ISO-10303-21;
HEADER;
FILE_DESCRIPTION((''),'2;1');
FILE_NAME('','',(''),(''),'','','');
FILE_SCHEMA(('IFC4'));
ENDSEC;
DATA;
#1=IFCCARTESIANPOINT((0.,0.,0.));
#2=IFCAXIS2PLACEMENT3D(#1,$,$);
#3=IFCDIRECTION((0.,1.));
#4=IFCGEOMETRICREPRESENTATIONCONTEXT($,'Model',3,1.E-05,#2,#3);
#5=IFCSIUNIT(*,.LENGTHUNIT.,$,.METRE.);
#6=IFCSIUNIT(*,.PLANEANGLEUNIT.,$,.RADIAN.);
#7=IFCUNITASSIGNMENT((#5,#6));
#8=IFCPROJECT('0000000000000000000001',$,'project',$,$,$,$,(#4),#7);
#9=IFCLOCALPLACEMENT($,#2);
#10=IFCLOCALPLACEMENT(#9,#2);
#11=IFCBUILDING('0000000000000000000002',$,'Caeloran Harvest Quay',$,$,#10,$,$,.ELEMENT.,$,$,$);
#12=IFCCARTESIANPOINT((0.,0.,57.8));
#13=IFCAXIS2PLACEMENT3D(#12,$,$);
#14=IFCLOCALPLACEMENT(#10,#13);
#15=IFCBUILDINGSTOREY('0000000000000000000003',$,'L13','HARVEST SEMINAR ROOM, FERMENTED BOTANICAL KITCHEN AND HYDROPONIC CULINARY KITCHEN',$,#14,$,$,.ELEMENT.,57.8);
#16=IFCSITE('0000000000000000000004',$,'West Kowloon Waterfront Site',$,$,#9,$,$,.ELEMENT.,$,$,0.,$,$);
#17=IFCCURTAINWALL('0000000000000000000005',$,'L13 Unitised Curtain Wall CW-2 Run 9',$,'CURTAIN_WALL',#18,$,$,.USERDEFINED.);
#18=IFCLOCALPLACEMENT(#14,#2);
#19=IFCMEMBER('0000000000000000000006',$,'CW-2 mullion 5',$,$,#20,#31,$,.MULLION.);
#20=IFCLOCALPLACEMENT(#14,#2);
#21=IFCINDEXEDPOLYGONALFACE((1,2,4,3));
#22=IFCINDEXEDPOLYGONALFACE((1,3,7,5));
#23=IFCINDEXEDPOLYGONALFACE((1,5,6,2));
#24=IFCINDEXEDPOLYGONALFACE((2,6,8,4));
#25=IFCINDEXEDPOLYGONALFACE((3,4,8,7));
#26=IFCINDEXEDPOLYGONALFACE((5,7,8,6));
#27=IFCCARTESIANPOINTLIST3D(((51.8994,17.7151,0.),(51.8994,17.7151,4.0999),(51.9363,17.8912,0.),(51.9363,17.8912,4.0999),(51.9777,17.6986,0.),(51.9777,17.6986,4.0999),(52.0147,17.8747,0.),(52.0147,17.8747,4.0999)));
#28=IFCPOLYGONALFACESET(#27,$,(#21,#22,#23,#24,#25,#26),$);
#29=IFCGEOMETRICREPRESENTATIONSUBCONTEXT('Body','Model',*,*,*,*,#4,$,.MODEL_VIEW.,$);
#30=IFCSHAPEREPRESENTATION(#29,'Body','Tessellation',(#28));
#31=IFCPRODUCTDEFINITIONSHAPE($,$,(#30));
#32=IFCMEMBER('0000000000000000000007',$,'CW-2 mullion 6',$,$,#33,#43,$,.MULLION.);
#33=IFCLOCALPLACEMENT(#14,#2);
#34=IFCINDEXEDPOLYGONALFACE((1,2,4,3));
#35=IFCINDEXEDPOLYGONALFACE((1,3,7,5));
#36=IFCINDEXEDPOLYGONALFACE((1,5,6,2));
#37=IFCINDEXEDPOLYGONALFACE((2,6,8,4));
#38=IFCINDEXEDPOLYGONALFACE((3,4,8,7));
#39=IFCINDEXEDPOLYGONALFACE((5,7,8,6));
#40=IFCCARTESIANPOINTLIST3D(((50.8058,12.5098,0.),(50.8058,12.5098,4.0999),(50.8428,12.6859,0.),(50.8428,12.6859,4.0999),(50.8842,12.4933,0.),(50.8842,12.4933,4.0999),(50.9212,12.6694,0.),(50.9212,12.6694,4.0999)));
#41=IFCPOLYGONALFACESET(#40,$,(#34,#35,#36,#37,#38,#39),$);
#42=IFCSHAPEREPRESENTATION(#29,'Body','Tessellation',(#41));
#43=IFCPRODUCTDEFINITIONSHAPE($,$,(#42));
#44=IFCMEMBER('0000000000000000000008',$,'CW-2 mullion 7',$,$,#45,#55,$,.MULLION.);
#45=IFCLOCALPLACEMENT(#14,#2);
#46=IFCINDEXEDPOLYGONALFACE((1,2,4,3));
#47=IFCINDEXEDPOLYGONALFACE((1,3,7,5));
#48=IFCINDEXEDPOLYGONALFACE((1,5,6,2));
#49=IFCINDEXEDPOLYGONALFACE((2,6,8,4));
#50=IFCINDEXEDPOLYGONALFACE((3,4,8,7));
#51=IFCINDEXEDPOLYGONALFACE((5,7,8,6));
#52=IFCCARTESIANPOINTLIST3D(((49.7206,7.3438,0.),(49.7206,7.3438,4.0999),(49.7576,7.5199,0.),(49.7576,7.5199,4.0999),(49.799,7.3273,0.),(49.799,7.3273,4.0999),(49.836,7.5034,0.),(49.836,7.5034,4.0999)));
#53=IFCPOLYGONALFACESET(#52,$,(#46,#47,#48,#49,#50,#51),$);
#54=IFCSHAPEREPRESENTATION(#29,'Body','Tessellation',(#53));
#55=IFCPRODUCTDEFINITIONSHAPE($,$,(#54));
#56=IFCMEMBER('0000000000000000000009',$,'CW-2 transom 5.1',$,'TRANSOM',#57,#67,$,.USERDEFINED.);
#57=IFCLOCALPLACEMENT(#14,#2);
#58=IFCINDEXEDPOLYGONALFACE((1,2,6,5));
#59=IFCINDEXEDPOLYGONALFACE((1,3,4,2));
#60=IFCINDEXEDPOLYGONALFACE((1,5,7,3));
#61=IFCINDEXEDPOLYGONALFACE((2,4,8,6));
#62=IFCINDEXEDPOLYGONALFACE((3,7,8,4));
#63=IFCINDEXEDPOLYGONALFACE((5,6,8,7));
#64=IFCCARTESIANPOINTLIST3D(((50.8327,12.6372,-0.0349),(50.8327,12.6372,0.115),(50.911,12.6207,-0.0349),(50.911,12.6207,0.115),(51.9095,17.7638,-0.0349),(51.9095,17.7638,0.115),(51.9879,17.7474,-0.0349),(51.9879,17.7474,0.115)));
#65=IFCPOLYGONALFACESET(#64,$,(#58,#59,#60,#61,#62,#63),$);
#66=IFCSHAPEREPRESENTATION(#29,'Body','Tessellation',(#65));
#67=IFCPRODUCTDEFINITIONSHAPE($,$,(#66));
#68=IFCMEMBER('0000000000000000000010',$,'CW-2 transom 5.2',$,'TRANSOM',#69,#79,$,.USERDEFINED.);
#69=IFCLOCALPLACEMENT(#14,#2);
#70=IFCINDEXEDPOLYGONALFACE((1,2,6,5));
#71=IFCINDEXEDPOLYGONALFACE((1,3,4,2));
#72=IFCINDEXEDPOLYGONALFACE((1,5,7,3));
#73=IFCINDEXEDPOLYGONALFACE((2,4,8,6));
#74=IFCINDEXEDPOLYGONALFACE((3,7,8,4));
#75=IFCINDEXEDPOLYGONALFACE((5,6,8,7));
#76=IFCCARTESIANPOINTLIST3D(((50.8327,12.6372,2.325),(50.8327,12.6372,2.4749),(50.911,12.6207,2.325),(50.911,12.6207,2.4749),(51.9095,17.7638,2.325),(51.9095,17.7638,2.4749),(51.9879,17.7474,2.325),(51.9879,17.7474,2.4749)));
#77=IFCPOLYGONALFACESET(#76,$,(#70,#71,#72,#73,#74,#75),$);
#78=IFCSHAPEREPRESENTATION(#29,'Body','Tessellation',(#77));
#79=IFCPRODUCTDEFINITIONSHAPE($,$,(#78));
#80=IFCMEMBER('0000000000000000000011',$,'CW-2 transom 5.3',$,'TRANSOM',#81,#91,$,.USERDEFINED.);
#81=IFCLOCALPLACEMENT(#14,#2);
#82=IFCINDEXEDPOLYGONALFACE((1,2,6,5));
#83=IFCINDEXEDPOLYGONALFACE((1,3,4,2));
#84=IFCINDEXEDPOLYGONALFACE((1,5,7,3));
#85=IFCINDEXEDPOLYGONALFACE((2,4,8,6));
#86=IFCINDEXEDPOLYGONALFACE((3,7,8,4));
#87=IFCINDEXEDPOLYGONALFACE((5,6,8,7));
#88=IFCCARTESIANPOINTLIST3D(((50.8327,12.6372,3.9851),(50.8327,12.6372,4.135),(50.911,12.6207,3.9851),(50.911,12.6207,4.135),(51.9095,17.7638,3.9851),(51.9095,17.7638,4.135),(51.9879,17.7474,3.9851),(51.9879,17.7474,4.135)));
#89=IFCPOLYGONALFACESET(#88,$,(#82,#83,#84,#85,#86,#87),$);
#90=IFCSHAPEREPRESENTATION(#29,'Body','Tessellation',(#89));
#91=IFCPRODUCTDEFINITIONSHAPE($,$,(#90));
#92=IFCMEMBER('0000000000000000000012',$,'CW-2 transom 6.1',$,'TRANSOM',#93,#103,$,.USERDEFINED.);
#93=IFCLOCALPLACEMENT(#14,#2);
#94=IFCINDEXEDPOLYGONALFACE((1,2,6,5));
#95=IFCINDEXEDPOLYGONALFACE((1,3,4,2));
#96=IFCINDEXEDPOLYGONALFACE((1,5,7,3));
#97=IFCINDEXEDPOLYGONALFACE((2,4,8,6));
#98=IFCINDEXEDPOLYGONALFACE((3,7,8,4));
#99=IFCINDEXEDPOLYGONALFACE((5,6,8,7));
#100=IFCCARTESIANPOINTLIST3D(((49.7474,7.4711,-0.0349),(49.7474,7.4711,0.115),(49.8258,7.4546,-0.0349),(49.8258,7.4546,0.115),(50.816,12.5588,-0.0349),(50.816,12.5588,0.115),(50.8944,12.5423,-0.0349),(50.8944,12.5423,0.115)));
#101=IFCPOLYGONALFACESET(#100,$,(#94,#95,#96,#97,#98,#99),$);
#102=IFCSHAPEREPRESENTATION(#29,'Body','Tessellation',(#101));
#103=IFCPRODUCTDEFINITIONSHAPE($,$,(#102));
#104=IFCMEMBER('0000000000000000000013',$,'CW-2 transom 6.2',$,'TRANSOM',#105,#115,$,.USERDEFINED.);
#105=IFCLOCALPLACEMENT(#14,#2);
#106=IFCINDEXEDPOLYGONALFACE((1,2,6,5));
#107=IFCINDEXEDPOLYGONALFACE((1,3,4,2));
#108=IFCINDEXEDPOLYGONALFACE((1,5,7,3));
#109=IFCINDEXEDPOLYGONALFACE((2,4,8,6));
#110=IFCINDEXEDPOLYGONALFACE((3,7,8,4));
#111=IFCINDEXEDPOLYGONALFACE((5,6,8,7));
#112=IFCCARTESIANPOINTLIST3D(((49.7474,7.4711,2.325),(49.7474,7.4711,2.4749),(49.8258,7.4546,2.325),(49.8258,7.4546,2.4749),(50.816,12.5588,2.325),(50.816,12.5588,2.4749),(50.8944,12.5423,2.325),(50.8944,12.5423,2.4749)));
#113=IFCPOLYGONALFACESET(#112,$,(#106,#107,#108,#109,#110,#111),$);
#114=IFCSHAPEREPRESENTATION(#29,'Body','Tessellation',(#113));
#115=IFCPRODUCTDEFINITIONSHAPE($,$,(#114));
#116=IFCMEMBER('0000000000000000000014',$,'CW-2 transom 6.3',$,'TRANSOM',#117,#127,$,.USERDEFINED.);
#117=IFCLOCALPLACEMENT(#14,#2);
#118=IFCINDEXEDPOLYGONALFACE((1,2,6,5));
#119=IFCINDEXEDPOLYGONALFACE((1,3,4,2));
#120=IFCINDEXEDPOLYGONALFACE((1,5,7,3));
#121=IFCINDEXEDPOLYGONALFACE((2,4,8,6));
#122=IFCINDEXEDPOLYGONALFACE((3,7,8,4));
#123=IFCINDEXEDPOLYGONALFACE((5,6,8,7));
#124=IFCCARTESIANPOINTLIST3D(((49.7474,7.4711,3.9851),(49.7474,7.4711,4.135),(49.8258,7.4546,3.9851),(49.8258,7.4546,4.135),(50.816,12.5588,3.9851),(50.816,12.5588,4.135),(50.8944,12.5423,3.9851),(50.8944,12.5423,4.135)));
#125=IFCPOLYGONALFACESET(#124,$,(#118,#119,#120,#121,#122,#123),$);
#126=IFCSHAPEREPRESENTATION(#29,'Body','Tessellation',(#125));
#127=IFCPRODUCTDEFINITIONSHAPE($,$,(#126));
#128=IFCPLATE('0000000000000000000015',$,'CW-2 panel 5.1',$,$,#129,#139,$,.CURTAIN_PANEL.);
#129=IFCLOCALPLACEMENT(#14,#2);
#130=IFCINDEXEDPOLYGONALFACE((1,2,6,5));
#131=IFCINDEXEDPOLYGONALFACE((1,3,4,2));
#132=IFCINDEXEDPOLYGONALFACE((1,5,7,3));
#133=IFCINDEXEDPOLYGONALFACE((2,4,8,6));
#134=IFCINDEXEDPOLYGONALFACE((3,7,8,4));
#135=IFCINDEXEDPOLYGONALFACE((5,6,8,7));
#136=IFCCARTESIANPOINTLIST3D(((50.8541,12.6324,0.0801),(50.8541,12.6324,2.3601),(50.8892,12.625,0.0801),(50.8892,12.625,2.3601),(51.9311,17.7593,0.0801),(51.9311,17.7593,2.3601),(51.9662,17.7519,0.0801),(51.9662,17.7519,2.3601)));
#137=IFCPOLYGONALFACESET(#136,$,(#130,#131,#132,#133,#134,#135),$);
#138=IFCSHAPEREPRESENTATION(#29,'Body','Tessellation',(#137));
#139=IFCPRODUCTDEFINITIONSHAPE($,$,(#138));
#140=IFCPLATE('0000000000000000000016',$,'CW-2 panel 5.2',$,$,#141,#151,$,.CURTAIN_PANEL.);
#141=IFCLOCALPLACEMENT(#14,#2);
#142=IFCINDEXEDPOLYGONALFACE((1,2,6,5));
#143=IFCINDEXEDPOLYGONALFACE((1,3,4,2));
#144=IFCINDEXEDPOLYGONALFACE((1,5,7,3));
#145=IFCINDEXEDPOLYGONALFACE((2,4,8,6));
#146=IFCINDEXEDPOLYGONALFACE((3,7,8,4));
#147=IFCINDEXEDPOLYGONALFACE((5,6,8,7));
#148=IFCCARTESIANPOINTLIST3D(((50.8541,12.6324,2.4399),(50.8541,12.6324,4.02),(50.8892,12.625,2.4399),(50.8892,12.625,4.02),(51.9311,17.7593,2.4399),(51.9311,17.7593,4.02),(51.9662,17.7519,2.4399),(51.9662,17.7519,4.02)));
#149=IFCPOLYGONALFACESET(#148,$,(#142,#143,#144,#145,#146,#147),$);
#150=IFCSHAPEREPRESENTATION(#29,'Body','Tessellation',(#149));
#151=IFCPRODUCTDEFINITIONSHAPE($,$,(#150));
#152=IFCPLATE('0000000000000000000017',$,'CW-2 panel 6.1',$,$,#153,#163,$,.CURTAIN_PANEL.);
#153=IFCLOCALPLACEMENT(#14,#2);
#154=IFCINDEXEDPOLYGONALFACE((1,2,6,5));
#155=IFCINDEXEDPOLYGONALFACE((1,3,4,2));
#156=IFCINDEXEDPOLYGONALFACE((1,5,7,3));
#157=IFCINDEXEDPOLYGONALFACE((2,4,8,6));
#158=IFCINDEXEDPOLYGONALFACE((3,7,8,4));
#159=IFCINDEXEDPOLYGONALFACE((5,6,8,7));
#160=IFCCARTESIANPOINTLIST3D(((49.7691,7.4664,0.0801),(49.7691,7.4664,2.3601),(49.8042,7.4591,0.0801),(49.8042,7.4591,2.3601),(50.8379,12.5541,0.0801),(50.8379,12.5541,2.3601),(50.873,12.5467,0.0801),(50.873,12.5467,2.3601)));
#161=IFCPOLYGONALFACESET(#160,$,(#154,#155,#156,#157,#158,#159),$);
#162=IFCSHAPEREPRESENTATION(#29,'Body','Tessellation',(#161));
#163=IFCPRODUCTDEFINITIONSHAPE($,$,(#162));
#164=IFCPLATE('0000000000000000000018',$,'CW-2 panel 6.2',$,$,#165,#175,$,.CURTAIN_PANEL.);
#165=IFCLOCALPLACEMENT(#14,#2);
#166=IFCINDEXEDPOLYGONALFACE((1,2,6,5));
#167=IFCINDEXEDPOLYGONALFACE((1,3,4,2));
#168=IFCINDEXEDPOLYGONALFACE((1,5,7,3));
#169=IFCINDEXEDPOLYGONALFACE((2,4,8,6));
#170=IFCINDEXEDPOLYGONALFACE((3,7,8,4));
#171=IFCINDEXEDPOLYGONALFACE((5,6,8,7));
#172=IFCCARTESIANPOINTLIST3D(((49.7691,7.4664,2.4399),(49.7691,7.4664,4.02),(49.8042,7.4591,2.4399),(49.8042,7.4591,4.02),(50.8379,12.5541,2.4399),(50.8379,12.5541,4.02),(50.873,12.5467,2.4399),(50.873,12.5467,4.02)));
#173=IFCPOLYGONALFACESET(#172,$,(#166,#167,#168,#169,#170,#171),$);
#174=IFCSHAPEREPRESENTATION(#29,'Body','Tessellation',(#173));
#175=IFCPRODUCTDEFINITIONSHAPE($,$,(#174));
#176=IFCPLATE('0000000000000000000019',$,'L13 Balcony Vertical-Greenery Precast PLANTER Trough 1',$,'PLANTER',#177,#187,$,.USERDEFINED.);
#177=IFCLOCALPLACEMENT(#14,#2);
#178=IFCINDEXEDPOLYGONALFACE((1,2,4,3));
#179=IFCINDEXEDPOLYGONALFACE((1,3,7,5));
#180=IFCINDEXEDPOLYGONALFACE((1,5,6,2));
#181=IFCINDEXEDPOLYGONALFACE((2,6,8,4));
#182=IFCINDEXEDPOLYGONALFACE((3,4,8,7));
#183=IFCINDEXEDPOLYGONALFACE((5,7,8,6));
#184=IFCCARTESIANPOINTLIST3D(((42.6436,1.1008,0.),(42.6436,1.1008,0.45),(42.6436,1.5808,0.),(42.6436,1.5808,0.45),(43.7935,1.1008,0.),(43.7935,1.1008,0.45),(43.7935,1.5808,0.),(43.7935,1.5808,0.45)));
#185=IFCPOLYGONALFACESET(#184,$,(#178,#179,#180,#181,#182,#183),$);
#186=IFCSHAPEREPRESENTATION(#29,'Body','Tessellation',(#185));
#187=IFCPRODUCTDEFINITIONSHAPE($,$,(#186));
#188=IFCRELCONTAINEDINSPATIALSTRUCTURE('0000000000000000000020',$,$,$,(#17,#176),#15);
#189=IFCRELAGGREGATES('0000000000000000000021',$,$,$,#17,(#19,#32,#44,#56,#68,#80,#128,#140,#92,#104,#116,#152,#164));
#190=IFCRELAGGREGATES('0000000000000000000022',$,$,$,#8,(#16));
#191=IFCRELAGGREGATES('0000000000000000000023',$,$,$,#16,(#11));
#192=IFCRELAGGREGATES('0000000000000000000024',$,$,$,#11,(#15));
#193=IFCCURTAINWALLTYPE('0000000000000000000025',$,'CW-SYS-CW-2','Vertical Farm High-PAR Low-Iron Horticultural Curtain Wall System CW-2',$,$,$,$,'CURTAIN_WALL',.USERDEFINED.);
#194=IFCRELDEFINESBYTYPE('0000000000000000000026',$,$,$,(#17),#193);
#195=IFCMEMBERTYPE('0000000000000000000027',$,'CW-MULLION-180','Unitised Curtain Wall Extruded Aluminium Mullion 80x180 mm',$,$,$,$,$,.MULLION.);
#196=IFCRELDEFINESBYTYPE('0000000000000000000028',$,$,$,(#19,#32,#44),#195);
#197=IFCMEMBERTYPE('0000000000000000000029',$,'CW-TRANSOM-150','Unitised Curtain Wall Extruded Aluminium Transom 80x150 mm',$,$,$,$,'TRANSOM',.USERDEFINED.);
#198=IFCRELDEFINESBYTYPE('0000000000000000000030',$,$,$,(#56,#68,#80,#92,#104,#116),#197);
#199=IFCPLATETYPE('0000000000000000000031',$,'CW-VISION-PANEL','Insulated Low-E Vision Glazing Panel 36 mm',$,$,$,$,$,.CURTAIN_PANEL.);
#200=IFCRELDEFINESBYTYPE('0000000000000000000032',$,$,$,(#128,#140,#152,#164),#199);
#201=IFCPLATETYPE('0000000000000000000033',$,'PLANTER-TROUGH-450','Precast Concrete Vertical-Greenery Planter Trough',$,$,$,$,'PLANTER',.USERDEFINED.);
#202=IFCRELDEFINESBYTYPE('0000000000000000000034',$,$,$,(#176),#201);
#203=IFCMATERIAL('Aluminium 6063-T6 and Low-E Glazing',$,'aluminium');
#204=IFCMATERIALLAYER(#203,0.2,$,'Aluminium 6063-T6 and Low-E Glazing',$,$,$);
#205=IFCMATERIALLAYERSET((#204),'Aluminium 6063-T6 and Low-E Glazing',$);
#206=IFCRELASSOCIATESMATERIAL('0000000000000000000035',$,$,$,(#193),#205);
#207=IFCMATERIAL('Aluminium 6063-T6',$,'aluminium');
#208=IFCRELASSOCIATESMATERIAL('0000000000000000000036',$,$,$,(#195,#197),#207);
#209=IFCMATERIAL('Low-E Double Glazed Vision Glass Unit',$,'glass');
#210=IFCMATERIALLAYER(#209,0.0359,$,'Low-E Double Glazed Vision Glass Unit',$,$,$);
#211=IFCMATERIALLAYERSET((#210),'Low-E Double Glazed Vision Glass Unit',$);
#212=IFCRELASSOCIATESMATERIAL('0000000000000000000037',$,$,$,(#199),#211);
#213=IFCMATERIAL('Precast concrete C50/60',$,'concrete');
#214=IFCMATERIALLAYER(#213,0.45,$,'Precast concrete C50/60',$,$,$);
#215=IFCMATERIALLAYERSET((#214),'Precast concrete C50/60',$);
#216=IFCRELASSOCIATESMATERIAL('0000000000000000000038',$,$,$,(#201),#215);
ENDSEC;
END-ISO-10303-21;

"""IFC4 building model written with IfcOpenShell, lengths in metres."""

from ifc_helpers import new_model, si_unit, direction, frame, origin, origin_2d, place, context, subcontext, project, spatial, rectangle, extrude, material, layer, layer_set, material_profile, profile_set, type_object, element, aggregate, save


model = new_model("IFC4")

# Units and contexts
model_context = context("Model", 3, precision=1e-05, world=origin(), true_north=direction((0.0, 1.0)))
body_context = subcontext(model_context, "Body", "Model", "MODEL_VIEW")
ifc_project = project(units=[si_unit("LENGTHUNIT", "METRE"), si_unit("PLANEANGLEUNIT", "RADIAN")], contexts=[model_context])

# Site, building, storey
site_placement = place(None, origin())
site = spatial("IfcSite", under=ifc_project, at=site_placement, Name="West Kowloon Waterfront Site", CompositionType="ELEMENT", RefElevation=0.0)
building_placement = place(site_placement, origin())
building = spatial("IfcBuilding", under=site, at=building_placement, Name="Caeloran Harvest Quay", CompositionType="ELEMENT")
storey_placement = place(building_placement, frame((0.0, 0.0, 57.8)))
storey = spatial("IfcBuildingStorey", under=building, at=storey_placement, Name="L13", Description="HARVEST SEMINAR ROOM, FERMENTED BOTANICAL KITCHEN AND HYDROPONIC CULINARY KITCHEN", CompositionType="ELEMENT", Elevation=57.8)

# Curtain wall, members, plates
ifc_material_1 = material(Name="Aluminium 6063-T6 and Low-E Glazing", Category="aluminium")
ifc_layer_1 = layer(ifc_material_1, 0.2, Name="Aluminium 6063-T6 and Low-E Glazing")
ifc_layer_set_1 = layer_set([ifc_layer_1], Name="Aluminium 6063-T6 and Low-E Glazing")
curtain_wall_type = type_object("IfcCurtainWallType", Name="CW-SYS-CW-2", Description="Vertical Farm High-PAR Low-Iron Horticultural Curtain Wall System CW-2", ElementType="CURTAIN_WALL", PredefinedType="USERDEFINED", material=ifc_layer_set_1)
curtain_wall_placement = place(storey_placement, origin())
curtain_wall = element("IfcCurtainWall", 1, at=curtain_wall_placement, inside=storey, type_object=curtain_wall_type, Name="L13 Unitised Curtain Wall CW-2 Run 9", ObjectType="CURTAIN_WALL", PredefinedType="USERDEFINED")
ifc_material_2 = material(Name="Aluminium 6063-T6", Category="aluminium")
ifc_material_profile_1 = material_profile(ifc_material_2, rectangle(XDim=0.0801, YDim=0.1799, at=origin_2d()), Name="CW-MULLION-180")
ifc_profile_set_1 = profile_set([ifc_material_profile_1], Name="Aluminium 6063-T6")
member_type_1 = type_object("IfcMemberType", Name="CW-MULLION-180", Description="Unitised Curtain Wall Extruded Aluminium Mullion 80x180 mm", PredefinedType="MULLION", material=ifc_profile_set_1)
member_1_placement = place(storey_placement, frame((51.957, 17.7949, 0.0), z_axis=(0.0, 0.0, 1.0), x_axis=(0.97864, -0.205583, 0.0)))
member_1 = element("IfcMember", 2, at=member_1_placement, type_object=member_type_1, Name="CW-2 mullion 5", PredefinedType="MULLION", context=body_context, shape_type="SweptSolid", body=[
    extrude(rectangle(XDim=0.0801, YDim=0.1799, at=origin_2d()), origin(), (0.0, 0.0, 1.0), 4.0999),
])
member_2_placement = place(storey_placement, frame((50.8635, 12.5896, 0.0), z_axis=(0.0, 0.0, 1.0), x_axis=(0.97864, -0.205583, 0.0)))
member_2 = element("IfcMember", 3, at=member_2_placement, type_object=member_type_1, Name="CW-2 mullion 6", PredefinedType="MULLION", context=body_context, shape_type="SweptSolid", body=[
    extrude(rectangle(XDim=0.0801, YDim=0.1799, at=origin_2d()), origin(), (0.0, 0.0, 1.0), 4.0999),
])
member_3_placement = place(storey_placement, frame((49.7783, 7.4236, 0.0), z_axis=(0.0, 0.0, 1.0), x_axis=(0.97864, -0.205583, 0.0)))
member_3 = element("IfcMember", 4, at=member_3_placement, type_object=member_type_1, Name="CW-2 mullion 7", PredefinedType="MULLION", context=body_context, shape_type="SweptSolid", body=[
    extrude(rectangle(XDim=0.0801, YDim=0.1799, at=origin_2d()), origin(), (0.0, 0.0, 1.0), 4.0999),
])
ifc_material_profile_2 = material_profile(ifc_material_2, rectangle(XDim=0.0801, YDim=0.1499, at=origin_2d()), Name="CW-TRANSOM-150")
ifc_profile_set_2 = profile_set([ifc_material_profile_2], Name="Aluminium 6063-T6")
member_type_2 = type_object("IfcMemberType", Name="CW-TRANSOM-150", Description="Unitised Curtain Wall Extruded Aluminium Transom 80x150 mm", ElementType="TRANSOM", PredefinedType="USERDEFINED", material=ifc_profile_set_2)
member_4_placement = place(storey_placement, frame((51.9487, 17.7556, 0.04), z_axis=(-0.205571, -0.978642, 0.0), x_axis=(0.978642, -0.205571, 0.0)))
member_4 = element("IfcMember", 5, at=member_4_placement, type_object=member_type_2, Name="CW-2 transom 5.1", ObjectType="TRANSOM", PredefinedType="USERDEFINED", context=body_context, shape_type="SweptSolid", body=[
    extrude(rectangle(XDim=0.0801, YDim=0.1499, at=origin_2d()), origin(), (0.0, 0.0, 1.0), 5.2385),
])
member_5_placement = place(storey_placement, frame((51.9487, 17.7556, 2.3999), z_axis=(-0.205571, -0.978642, 0.0), x_axis=(0.978642, -0.205571, 0.0)))
member_5 = element("IfcMember", 6, at=member_5_placement, type_object=member_type_2, Name="CW-2 transom 5.2", ObjectType="TRANSOM", PredefinedType="USERDEFINED", context=body_context, shape_type="SweptSolid", body=[
    extrude(rectangle(XDim=0.0801, YDim=0.1499, at=origin_2d()), origin(), (0.0, 0.0, 1.0), 5.2385),
])
member_6_placement = place(storey_placement, frame((51.9487, 17.7556, 4.0601), z_axis=(-0.205571, -0.978642, 0.0), x_axis=(0.978642, -0.205571, 0.0)))
member_6 = element("IfcMember", 7, at=member_6_placement, type_object=member_type_2, Name="CW-2 transom 5.3", ObjectType="TRANSOM", PredefinedType="USERDEFINED", context=body_context, shape_type="SweptSolid", body=[
    extrude(rectangle(XDim=0.0801, YDim=0.1499, at=origin_2d()), origin(), (0.0, 0.0, 1.0), 5.2385),
])
member_7_placement = place(storey_placement, frame((50.8552, 12.5505, 0.04), z_axis=(-0.205554, -0.978646, 0.0), x_axis=(0.978646, -0.205554, 0.0)))
member_7 = element("IfcMember", 8, at=member_7_placement, type_object=member_type_2, Name="CW-2 transom 6.1", ObjectType="TRANSOM", PredefinedType="USERDEFINED", context=body_context, shape_type="SweptSolid", body=[
    extrude(rectangle(XDim=0.0801, YDim=0.1499, at=origin_2d()), origin(), (0.0, 0.0, 1.0), 5.1987),
])
member_8_placement = place(storey_placement, frame((50.8552, 12.5505, 2.3999), z_axis=(-0.205554, -0.978646, 0.0), x_axis=(0.978646, -0.205554, 0.0)))
member_8 = element("IfcMember", 9, at=member_8_placement, type_object=member_type_2, Name="CW-2 transom 6.2", ObjectType="TRANSOM", PredefinedType="USERDEFINED", context=body_context, shape_type="SweptSolid", body=[
    extrude(rectangle(XDim=0.0801, YDim=0.1499, at=origin_2d()), origin(), (0.0, 0.0, 1.0), 5.1987),
])
member_9_placement = place(storey_placement, frame((50.8552, 12.5505, 4.0601), z_axis=(-0.205554, -0.978646, 0.0), x_axis=(0.978646, -0.205554, 0.0)))
member_9 = element("IfcMember", 10, at=member_9_placement, type_object=member_type_2, Name="CW-2 transom 6.3", ObjectType="TRANSOM", PredefinedType="USERDEFINED", context=body_context, shape_type="SweptSolid", body=[
    extrude(rectangle(XDim=0.0801, YDim=0.1499, at=origin_2d()), origin(), (0.0, 0.0, 1.0), 5.1987),
])
ifc_material_3 = material(Name="Low-E Double Glazed Vision Glass Unit", Category="glass")
ifc_layer_2 = layer(ifc_material_3, 0.0359, Name="Low-E Double Glazed Vision Glass Unit")
ifc_layer_set_2 = layer_set([ifc_layer_2], Name="Low-E Double Glazed Vision Glass Unit")
plate_type_1 = type_object("IfcPlateType", Name="CW-VISION-PANEL", Description="Insulated Low-E Vision Glazing Panel 36 mm", PredefinedType="CURTAIN_PANEL", material=ifc_layer_set_2)
plate_1_placement = place(storey_placement, frame((51.4102, 15.1921, 0.0801), z_axis=(0.0, 0.0, 1.0), x_axis=(-0.205583, -0.97864, 0.0)))
plate_1 = element("IfcPlate", 11, at=plate_1_placement, type_object=plate_type_1, Name="CW-2 panel 5.1", PredefinedType="CURTAIN_PANEL", context=body_context, shape_type="SweptSolid", body=[
    extrude(rectangle(XDim=5.2388, YDim=0.0359, at=origin_2d()), origin(), (0.0, 0.0, 1.0), 2.28),
])
plate_2_placement = place(storey_placement, frame((51.4102, 15.1921, 2.4399), z_axis=(0.0, 0.0, 1.0), x_axis=(-0.205583, -0.97864, 0.0)))
plate_2 = element("IfcPlate", 12, at=plate_2_placement, type_object=plate_type_1, Name="CW-2 panel 5.2", PredefinedType="CURTAIN_PANEL", context=body_context, shape_type="SweptSolid", body=[
    extrude(rectangle(XDim=5.2388, YDim=0.0359, at=origin_2d()), origin(), (0.0, 0.0, 1.0), 1.5801),
])
plate_3_placement = place(storey_placement, frame((50.321, 10.0066, 0.0801), z_axis=(0.0, 0.0, 1.0), x_axis=(-0.205583, -0.97864, 0.0)))
plate_3 = element("IfcPlate", 13, at=plate_3_placement, type_object=plate_type_1, Name="CW-2 panel 6.1", PredefinedType="CURTAIN_PANEL", context=body_context, shape_type="SweptSolid", body=[
    extrude(rectangle(XDim=5.1987, YDim=0.0359, at=origin_2d()), origin(), (0.0, 0.0, 1.0), 2.28),
])
plate_4_placement = place(storey_placement, frame((50.321, 10.0066, 2.4399), z_axis=(0.0, 0.0, 1.0), x_axis=(-0.205583, -0.97864, 0.0)))
plate_4 = element("IfcPlate", 14, at=plate_4_placement, type_object=plate_type_1, Name="CW-2 panel 6.2", PredefinedType="CURTAIN_PANEL", context=body_context, shape_type="SweptSolid", body=[
    extrude(rectangle(XDim=5.1987, YDim=0.0359, at=origin_2d()), origin(), (0.0, 0.0, 1.0), 1.5801),
])
aggregate(curtain_wall, [member_1, member_2, member_3, member_4, member_5, member_6, plate_1, plate_2, member_7, member_8, member_9, plate_3, plate_4])

# Plate
ifc_material_4 = material(Name="Precast concrete C50/60", Category="concrete")
ifc_layer_3 = layer(ifc_material_4, 0.45, Name="Precast concrete C50/60")
ifc_layer_set_3 = layer_set([ifc_layer_3], Name="Precast concrete C50/60")
plate_type_2 = type_object("IfcPlateType", Name="PLANTER-TROUGH-450", Description="Precast Concrete Vertical-Greenery Planter Trough", ElementType="PLANTER", PredefinedType="USERDEFINED", material=ifc_layer_set_3)
plate_5_placement = place(storey_placement, frame((43.2185, 1.3408, 0.0), z_axis=(0.0, 0.0, 1.0), x_axis=(1.0, 0.0, 0.0)))
element("IfcPlate", 15, at=plate_5_placement, inside=storey, type_object=plate_type_2, Name="L13 Balcony Vertical-Greenery Precast PLANTER Trough 1", ObjectType="PLANTER", PredefinedType="USERDEFINED", context=body_context, shape_type="SweptSolid", body=[
    extrude(rectangle(XDim=1.1499, YDim=0.48, at=origin_2d()), origin(), (0.0, 0.0, 1.0), 0.45),
])

save(model, "model.ifc")
